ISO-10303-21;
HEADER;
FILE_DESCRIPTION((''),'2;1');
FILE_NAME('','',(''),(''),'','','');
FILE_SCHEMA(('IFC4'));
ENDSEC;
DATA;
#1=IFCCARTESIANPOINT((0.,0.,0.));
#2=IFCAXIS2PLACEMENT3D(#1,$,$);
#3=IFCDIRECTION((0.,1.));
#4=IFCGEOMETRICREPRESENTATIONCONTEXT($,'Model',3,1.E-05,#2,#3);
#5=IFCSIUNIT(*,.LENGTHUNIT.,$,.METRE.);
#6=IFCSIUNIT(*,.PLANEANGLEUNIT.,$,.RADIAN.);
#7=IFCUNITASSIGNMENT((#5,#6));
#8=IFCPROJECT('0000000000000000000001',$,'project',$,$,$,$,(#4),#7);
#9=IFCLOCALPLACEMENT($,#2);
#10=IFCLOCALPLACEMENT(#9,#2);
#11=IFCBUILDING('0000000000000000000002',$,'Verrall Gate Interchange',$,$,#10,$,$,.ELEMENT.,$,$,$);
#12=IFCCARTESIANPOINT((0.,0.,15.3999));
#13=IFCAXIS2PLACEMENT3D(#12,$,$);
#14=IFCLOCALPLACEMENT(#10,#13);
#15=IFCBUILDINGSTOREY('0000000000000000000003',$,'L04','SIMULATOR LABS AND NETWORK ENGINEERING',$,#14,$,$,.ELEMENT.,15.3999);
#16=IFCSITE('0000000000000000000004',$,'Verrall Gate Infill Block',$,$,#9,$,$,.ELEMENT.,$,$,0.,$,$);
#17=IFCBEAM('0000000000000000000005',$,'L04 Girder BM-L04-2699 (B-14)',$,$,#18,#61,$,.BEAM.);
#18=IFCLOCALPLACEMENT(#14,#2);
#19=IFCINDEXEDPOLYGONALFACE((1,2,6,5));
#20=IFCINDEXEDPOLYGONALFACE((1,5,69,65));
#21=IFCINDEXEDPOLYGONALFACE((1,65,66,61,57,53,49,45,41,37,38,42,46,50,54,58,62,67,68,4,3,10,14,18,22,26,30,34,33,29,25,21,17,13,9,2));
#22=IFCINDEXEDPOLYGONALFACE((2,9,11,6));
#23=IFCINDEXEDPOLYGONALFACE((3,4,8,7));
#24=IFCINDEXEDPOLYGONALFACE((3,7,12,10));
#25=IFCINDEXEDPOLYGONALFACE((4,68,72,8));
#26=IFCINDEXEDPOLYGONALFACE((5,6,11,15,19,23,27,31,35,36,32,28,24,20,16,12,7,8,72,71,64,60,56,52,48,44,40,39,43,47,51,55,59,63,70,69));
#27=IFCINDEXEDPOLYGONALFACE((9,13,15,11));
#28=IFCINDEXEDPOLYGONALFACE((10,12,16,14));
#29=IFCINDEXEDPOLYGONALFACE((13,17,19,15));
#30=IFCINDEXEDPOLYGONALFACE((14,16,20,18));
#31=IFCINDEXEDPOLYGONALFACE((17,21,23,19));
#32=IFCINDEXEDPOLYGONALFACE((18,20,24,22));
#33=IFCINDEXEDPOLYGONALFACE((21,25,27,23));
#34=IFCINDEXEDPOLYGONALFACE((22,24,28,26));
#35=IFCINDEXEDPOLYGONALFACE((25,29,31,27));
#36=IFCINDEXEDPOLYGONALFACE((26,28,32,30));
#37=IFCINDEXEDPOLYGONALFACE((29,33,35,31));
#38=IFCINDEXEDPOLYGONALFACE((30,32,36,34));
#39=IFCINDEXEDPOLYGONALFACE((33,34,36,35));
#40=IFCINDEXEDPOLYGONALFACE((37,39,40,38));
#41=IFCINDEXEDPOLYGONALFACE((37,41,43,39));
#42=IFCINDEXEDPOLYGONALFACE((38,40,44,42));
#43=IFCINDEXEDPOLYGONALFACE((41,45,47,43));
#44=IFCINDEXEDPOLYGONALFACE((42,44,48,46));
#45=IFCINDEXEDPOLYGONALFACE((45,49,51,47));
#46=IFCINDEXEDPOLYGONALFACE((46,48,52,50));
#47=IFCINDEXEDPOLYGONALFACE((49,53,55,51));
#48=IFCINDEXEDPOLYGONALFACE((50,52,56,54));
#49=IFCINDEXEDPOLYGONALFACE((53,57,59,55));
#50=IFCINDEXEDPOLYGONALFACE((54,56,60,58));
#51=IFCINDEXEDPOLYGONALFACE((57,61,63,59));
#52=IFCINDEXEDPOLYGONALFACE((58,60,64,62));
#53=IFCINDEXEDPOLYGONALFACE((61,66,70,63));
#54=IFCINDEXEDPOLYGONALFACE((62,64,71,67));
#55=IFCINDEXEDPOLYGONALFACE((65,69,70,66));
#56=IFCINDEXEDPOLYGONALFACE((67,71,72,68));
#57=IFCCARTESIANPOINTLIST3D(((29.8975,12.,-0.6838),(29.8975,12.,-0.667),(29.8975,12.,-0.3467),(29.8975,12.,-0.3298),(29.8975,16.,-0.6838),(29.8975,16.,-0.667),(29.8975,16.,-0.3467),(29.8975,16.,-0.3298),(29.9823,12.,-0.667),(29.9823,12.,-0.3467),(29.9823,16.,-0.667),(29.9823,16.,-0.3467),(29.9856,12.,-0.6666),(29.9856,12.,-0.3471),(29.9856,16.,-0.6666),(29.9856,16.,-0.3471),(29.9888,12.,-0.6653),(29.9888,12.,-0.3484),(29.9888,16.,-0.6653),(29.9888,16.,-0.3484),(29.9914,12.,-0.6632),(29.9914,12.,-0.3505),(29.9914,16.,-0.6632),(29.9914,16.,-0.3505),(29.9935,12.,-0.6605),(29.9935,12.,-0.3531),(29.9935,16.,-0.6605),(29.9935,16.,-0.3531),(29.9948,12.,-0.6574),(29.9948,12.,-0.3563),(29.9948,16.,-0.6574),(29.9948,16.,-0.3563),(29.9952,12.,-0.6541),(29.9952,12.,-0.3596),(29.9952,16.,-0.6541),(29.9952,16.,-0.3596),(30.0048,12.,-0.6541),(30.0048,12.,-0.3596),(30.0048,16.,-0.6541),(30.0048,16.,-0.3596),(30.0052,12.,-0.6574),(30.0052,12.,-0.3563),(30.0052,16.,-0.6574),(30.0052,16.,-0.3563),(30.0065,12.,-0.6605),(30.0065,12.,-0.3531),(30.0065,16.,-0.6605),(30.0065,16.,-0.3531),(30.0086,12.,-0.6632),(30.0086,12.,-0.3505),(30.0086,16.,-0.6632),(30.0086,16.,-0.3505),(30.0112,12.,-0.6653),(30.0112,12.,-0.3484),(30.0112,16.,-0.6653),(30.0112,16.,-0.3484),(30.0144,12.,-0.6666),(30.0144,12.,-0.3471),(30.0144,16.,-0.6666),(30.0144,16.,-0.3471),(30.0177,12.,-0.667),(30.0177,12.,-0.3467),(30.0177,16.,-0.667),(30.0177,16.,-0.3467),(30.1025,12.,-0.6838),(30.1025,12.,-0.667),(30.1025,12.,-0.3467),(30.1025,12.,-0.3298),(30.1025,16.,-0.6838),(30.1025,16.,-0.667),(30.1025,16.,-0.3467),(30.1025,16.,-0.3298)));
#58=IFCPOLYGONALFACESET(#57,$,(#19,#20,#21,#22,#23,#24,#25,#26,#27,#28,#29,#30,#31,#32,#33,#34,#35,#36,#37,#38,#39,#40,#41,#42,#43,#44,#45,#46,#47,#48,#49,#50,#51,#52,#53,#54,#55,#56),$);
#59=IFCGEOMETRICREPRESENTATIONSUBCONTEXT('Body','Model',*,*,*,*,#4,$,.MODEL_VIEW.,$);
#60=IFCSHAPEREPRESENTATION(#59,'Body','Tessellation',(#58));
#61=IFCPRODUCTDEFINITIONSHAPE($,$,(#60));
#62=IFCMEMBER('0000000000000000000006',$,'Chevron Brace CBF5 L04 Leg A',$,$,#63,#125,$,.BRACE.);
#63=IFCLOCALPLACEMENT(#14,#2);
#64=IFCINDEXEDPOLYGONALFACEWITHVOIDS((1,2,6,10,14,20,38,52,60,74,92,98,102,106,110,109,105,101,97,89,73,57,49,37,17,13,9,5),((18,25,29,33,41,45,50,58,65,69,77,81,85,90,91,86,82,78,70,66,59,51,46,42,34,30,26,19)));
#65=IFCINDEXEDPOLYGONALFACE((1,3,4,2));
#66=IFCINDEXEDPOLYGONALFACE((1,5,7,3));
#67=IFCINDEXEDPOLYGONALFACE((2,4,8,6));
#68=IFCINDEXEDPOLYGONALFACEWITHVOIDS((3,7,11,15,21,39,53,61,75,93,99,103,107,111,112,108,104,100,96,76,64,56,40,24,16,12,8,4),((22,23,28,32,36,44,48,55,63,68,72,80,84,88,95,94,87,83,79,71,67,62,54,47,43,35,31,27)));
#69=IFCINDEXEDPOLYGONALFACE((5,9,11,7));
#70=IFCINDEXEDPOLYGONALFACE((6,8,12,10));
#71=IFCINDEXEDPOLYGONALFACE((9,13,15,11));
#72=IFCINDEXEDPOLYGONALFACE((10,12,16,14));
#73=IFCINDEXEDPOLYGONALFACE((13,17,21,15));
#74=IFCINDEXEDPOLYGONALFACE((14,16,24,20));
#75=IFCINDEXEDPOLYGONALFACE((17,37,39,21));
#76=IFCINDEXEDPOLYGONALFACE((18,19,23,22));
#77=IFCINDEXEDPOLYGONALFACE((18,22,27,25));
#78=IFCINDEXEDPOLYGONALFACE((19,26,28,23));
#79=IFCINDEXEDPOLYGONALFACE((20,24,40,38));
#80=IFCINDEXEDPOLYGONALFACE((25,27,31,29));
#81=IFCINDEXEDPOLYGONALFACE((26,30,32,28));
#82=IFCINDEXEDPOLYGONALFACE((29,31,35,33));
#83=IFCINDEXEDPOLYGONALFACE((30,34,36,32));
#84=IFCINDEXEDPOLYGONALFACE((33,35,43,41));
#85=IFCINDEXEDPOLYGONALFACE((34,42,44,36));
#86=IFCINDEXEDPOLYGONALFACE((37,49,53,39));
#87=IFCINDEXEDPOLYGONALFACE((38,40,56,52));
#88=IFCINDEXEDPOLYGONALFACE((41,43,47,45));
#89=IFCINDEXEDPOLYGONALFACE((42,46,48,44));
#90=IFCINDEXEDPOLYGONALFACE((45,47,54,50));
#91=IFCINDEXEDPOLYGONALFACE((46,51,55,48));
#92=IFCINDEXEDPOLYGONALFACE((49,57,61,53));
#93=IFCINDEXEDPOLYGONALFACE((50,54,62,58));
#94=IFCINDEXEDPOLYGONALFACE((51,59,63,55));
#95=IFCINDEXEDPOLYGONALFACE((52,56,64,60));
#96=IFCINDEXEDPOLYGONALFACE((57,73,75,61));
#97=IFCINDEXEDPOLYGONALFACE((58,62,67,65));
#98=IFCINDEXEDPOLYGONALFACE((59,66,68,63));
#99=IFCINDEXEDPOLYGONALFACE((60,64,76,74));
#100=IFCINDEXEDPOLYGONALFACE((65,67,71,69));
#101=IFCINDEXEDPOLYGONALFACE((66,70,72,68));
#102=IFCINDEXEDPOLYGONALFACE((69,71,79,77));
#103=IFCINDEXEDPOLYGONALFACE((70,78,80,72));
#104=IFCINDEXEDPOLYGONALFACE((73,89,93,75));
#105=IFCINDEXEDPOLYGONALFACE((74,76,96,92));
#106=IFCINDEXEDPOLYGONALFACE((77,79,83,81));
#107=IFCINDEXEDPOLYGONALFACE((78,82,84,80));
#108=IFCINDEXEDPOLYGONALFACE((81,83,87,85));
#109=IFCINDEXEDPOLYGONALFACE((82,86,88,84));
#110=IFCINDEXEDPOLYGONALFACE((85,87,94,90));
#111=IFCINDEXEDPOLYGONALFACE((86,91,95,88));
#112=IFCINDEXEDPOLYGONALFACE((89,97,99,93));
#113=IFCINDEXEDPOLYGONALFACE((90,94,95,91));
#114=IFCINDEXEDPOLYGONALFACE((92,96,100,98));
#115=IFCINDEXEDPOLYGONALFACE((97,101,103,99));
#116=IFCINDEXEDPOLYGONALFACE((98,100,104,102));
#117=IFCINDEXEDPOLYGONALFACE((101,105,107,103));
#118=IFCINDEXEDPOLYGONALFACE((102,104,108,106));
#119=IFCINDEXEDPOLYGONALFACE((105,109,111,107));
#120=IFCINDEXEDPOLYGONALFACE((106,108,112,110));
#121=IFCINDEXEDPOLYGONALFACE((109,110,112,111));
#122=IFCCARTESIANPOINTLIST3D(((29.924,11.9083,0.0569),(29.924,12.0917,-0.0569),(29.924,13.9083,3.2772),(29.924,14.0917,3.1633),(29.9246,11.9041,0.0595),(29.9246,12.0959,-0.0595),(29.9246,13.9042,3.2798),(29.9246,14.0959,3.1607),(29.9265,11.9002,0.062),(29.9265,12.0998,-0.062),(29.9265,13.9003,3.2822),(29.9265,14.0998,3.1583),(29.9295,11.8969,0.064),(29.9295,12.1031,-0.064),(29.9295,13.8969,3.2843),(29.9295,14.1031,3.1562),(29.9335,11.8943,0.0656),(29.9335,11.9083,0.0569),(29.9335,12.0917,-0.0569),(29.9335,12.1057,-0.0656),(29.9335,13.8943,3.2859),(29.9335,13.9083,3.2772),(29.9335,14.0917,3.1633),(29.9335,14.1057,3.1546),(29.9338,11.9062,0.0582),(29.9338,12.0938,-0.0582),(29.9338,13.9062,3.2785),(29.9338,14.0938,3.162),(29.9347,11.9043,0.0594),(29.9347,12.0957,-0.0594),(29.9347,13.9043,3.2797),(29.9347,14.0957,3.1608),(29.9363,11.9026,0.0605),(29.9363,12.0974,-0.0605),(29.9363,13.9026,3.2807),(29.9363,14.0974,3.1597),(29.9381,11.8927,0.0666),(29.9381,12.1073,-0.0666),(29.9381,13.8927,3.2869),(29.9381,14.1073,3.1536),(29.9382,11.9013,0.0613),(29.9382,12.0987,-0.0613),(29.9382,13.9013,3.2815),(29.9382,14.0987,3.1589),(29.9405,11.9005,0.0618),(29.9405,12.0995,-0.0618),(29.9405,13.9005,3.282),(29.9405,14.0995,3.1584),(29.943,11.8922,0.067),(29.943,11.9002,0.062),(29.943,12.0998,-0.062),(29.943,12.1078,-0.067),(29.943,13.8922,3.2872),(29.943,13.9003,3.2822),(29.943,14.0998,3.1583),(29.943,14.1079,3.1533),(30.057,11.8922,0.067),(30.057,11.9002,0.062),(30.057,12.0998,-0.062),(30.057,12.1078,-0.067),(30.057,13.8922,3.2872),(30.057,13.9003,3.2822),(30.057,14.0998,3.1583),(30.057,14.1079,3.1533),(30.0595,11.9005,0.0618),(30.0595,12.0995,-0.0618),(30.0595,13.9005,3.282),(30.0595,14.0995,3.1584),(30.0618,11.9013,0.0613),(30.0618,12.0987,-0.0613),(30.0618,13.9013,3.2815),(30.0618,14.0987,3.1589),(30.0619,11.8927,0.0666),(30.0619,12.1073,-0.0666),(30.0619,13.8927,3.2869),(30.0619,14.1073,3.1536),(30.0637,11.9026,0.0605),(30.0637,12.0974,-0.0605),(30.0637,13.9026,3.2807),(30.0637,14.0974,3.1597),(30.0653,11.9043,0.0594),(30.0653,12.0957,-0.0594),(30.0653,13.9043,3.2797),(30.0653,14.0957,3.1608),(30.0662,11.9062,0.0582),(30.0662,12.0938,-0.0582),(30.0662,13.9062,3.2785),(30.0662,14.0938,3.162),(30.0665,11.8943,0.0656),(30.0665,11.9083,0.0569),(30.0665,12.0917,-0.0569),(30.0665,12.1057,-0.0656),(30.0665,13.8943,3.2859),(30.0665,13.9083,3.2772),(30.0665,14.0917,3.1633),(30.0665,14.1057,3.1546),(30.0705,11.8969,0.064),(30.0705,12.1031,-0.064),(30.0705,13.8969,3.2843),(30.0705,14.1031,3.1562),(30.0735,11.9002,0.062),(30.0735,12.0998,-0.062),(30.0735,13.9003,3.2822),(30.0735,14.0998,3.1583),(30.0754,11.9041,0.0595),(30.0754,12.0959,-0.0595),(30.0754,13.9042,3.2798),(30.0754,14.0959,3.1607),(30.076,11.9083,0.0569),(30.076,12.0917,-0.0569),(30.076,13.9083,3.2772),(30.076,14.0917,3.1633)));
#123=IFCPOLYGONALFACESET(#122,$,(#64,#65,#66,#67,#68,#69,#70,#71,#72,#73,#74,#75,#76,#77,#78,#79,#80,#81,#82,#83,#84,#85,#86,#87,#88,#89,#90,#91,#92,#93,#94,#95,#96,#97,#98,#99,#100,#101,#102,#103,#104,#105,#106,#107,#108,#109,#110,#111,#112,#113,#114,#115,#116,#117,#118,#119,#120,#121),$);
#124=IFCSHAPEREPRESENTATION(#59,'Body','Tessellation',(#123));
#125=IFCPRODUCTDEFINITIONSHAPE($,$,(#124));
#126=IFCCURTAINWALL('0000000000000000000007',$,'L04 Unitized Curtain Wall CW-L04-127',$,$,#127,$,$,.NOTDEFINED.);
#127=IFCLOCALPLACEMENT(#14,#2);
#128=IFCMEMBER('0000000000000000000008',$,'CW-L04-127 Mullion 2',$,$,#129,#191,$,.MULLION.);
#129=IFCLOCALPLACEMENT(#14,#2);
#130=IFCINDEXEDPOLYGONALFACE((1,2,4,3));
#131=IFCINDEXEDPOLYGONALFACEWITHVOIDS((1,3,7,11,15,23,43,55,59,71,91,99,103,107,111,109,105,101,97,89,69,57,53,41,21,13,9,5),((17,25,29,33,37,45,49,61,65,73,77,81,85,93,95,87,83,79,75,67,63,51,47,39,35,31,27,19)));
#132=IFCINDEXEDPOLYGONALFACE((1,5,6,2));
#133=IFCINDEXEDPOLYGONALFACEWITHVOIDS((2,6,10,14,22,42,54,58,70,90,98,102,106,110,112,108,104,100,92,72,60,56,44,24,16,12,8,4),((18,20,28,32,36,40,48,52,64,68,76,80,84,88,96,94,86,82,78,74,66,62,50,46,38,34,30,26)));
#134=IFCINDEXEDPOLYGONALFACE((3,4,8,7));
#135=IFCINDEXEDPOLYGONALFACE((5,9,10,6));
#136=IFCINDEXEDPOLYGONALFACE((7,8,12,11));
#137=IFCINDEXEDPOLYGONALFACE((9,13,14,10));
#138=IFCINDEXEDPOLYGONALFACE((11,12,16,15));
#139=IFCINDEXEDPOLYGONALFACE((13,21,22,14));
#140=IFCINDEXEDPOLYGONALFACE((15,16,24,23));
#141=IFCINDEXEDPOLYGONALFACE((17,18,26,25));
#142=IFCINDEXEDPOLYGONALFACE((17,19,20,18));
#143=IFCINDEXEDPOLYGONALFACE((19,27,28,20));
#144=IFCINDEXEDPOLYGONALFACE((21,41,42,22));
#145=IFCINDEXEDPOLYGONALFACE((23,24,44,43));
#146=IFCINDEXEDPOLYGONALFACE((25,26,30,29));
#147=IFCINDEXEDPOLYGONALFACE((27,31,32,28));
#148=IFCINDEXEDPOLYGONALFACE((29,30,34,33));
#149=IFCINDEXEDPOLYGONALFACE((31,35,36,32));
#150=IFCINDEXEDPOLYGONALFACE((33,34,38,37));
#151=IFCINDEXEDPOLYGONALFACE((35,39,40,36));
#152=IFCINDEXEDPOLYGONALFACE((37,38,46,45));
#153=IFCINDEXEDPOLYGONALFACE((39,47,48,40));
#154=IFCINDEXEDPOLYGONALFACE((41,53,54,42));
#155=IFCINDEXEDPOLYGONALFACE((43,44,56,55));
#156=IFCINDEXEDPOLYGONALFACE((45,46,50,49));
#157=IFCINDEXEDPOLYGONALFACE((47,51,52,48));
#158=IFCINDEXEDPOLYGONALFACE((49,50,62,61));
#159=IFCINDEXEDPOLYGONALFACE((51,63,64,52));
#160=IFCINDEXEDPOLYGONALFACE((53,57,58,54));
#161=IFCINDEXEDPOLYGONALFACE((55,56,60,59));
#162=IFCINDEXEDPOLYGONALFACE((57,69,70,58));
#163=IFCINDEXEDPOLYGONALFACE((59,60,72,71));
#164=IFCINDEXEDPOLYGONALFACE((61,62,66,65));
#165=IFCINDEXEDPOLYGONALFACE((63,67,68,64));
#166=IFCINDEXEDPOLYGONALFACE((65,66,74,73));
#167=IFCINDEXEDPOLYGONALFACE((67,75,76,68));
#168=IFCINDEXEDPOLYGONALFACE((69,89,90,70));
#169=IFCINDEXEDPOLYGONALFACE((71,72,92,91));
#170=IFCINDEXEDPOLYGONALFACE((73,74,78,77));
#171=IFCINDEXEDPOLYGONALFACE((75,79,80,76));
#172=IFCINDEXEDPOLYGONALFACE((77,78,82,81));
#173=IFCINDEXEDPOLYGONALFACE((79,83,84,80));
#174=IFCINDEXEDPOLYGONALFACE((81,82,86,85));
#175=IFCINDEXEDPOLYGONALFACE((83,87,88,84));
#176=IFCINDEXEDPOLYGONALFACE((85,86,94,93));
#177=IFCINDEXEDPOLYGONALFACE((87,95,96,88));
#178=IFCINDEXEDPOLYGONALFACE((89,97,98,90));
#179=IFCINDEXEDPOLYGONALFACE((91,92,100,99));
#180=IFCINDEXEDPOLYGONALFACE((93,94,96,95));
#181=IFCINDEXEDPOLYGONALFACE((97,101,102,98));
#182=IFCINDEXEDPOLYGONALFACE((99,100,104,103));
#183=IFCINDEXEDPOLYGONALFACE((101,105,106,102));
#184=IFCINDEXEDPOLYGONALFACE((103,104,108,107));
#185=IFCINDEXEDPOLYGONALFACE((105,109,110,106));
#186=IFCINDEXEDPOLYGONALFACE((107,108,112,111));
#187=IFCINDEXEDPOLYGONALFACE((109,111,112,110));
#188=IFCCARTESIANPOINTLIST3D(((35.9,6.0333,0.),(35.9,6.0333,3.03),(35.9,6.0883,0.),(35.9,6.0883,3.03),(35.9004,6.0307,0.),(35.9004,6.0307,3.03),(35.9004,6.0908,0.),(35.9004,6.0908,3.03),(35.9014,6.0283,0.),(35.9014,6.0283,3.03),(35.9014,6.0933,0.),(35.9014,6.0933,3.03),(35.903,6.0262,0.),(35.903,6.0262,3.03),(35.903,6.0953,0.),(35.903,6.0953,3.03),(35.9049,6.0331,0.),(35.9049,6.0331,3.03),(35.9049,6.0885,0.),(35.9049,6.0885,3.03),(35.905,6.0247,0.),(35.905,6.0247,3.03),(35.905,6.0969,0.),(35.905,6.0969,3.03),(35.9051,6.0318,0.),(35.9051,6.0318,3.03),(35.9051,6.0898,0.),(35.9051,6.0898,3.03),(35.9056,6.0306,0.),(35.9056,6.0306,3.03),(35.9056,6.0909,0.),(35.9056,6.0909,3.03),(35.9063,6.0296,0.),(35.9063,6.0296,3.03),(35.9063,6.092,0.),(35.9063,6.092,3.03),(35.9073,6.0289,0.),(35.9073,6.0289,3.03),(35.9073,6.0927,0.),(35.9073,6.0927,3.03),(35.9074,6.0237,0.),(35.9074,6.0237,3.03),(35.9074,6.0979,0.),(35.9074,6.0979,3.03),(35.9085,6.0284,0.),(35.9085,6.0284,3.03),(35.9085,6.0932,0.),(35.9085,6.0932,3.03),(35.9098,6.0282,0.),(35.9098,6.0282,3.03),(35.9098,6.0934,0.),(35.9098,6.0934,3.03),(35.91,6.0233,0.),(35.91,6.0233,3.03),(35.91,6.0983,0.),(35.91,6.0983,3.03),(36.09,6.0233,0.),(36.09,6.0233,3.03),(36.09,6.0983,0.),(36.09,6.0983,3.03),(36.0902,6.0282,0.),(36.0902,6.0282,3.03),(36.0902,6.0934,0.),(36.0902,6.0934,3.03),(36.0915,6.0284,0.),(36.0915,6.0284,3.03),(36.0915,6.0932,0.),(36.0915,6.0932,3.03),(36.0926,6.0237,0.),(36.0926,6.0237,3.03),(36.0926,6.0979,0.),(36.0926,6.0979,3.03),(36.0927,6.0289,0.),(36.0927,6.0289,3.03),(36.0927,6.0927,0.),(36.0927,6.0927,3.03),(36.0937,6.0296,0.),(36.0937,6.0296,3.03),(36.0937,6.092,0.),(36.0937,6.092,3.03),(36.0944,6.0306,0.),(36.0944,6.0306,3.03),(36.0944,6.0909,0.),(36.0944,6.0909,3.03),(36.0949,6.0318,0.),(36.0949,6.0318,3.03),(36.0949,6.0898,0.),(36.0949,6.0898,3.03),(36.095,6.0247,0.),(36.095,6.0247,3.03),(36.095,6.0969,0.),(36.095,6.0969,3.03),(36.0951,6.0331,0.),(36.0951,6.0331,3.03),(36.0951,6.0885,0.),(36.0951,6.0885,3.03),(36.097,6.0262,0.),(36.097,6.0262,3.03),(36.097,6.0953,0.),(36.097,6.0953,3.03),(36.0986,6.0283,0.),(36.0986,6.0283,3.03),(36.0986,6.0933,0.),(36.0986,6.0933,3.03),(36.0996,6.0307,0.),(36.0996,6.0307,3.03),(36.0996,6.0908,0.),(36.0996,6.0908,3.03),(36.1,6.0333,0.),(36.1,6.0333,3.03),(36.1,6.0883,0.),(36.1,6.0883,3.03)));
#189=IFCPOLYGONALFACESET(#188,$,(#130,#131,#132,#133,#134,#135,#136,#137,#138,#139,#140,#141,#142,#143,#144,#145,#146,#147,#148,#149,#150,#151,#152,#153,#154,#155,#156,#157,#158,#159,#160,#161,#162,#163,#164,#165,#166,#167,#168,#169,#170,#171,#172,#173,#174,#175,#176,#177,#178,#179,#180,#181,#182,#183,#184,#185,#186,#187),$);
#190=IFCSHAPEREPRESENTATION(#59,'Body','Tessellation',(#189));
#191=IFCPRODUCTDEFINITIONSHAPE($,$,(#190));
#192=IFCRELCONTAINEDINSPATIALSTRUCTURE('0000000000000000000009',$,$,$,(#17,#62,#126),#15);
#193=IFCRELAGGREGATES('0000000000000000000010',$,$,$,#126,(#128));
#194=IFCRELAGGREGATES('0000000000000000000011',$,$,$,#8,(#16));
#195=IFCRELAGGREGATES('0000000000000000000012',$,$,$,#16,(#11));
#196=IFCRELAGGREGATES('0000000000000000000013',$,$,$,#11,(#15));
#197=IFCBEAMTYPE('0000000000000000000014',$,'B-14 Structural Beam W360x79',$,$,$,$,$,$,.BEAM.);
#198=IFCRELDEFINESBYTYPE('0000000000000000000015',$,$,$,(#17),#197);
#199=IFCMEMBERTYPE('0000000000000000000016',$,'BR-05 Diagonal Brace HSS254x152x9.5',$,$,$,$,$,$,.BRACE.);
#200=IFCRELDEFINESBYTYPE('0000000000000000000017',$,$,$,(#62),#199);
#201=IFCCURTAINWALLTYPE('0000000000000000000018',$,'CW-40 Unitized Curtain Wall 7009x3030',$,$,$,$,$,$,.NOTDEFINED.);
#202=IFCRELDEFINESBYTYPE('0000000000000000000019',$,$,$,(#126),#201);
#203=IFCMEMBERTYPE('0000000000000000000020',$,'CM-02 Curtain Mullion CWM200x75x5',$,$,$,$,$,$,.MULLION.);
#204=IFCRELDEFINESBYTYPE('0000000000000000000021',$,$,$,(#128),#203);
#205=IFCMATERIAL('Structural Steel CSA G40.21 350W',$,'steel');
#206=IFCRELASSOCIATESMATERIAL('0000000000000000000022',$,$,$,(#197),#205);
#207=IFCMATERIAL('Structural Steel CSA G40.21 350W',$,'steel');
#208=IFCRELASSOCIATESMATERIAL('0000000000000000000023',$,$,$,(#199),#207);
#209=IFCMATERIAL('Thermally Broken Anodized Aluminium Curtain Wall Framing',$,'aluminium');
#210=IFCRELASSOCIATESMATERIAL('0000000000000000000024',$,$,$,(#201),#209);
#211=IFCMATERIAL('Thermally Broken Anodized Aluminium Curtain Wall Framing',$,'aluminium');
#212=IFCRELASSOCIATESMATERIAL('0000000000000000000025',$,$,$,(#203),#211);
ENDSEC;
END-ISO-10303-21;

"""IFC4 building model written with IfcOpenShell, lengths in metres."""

from ifc_helpers import new_model, si_unit, direction, frame, origin, origin_2d, place, context, subcontext, project, spatial, hollow_rectangle, i_section, extrude, material, material_profile, profile_set, type_object, element, aggregate, save


model = new_model("IFC4")

# Units and contexts
model_context = context("Model", 3, precision=1e-05, world=origin(), true_north=direction((0.0, 1.0)))
body_context = subcontext(model_context, "Body", "Model", "MODEL_VIEW")
ifc_project = project(units=[si_unit("LENGTHUNIT", "METRE"), si_unit("PLANEANGLEUNIT", "RADIAN")], contexts=[model_context])

# Site, building, storey
site_placement = place(None, origin())
site = spatial("IfcSite", under=ifc_project, at=site_placement, Name="Verrall Gate Infill Block", CompositionType="ELEMENT", RefElevation=0.0)
building_placement = place(site_placement, origin())
building = spatial("IfcBuilding", under=site, at=building_placement, Name="Verrall Gate Interchange", CompositionType="ELEMENT")
storey_placement = place(building_placement, frame((0.0, 0.0, 15.3999)))
storey = spatial("IfcBuildingStorey", under=building, at=storey_placement, Name="L04", Description="SIMULATOR LABS AND NETWORK ENGINEERING", CompositionType="ELEMENT", Elevation=15.3999)

# Beam
ifc_material_1 = material(Name="Structural Steel CSA G40.21 350W", Category="steel")
ifc_material_profile_1 = material_profile(ifc_material_1, i_section(OverallWidth=0.2051, OverallDepth=0.354, WebThickness=0.0095, FlangeThickness=0.0168, FilletRadius=0.0129, at=origin_2d()), Name="W360x79")
ifc_profile_set_1 = profile_set([ifc_material_profile_1], Name="Structural Steel CSA G40.21 350W")
beam_type_1 = type_object("IfcBeamType", Name="B-14 Structural Beam W360x79", PredefinedType="BEAM", material=ifc_profile_set_1)
beam_1_placement = place(storey_placement, frame((30.0, 12.0, -0.5068), z_axis=(0.0, 1.0, 0.0), x_axis=(-1.0, 0.0, 0.0)))
element("IfcBeam", 1, at=beam_1_placement, inside=storey, type_object=beam_type_1, Name="L04 Girder BM-L04-2699 (B-14)", PredefinedType="BEAM", context=body_context, shape_type="SweptSolid", body=[
    extrude(i_section(OverallWidth=0.2051, OverallDepth=0.354, WebThickness=0.0095, FlangeThickness=0.0168, FilletRadius=0.0129, at=origin_2d()), origin(), (0.0, 0.0, 1.0), 4.0),
])

# Member
ifc_material_2 = material(Name="Structural Steel CSA G40.21 350W", Category="steel")
ifc_material_profile_2 = material_profile(ifc_material_2, hollow_rectangle(XDim=0.1521, YDim=0.2539, WallThickness=0.0095, InnerFilletRadius=0.0095, OuterFilletRadius=0.019, at=origin_2d()), Name="HSS254x152x9.5")
ifc_profile_set_2 = profile_set([ifc_material_profile_2], Name="Structural Steel CSA G40.21 350W")
member_type_1 = type_object("IfcMemberType", Name="BR-05 Diagonal Brace HSS254x152x9.5", PredefinedType="BRACE", material=ifc_profile_set_2)
member_1_placement = place(storey_placement, frame((30.0, 12.0, 0.0), z_axis=(0.0, 0.5276, 0.849493), x_axis=(-1.0, 0.0, 0.0)))
element("IfcMember", 2, at=member_1_placement, inside=storey, type_object=member_type_1, Name="Chevron Brace CBF5 L04 Leg A", PredefinedType="BRACE", context=body_context, shape_type="SweptSolid", body=[
    extrude(hollow_rectangle(XDim=0.1521, YDim=0.2539, WallThickness=0.0095, InnerFilletRadius=0.0095, OuterFilletRadius=0.019, at=origin_2d()), origin(), (0.0, 0.0, 1.0), 3.7908),
])

# Curtain wall, member
ifc_material_3 = material(Name="Thermally Broken Anodized Aluminium Curtain Wall Framing", Category="aluminium")
curtain_wall_type = type_object("IfcCurtainWallType", Name="CW-40 Unitized Curtain Wall 7009x3030", PredefinedType="NOTDEFINED", material=ifc_material_3)
curtain_wall_placement = place(storey_placement, origin())
curtain_wall = element("IfcCurtainWall", 3, at=curtain_wall_placement, inside=storey, type_object=curtain_wall_type, Name="L04 Unitized Curtain Wall CW-L04-127", PredefinedType="NOTDEFINED")
ifc_material_4 = material(Name="Thermally Broken Anodized Aluminium Curtain Wall Framing", Category="aluminium")
ifc_material_profile_3 = material_profile(ifc_material_4, hollow_rectangle(XDim=0.075, YDim=0.2, WallThickness=0.0049, InnerFilletRadius=0.0049, OuterFilletRadius=0.01, at=origin_2d()), Name="CWM200x75x5")
ifc_profile_set_3 = profile_set([ifc_material_profile_3], Name="Thermally Broken Anodized Aluminium Curtain Wall Framing")
member_type_2 = type_object("IfcMemberType", Name="CM-02 Curtain Mullion CWM200x75x5", PredefinedType="MULLION", material=ifc_profile_set_3)
member_2_placement = place(storey_placement, frame((36.0, 6.0608, 0.0), z_axis=(0.0, 0.0, 1.0), x_axis=(0.0, 1.0, 0.0)))
member_2 = element("IfcMember", 4, at=member_2_placement, type_object=member_type_2, Name="CW-L04-127 Mullion 2", PredefinedType="MULLION", context=body_context, shape_type="SweptSolid", body=[
    extrude(hollow_rectangle(XDim=0.075, YDim=0.2, WallThickness=0.0049, InnerFilletRadius=0.0049, OuterFilletRadius=0.01, at=origin_2d()), origin(), (0.0, 0.0, 1.0), 3.03),
])
aggregate(curtain_wall, [member_2])

save(model, "model.ifc")
